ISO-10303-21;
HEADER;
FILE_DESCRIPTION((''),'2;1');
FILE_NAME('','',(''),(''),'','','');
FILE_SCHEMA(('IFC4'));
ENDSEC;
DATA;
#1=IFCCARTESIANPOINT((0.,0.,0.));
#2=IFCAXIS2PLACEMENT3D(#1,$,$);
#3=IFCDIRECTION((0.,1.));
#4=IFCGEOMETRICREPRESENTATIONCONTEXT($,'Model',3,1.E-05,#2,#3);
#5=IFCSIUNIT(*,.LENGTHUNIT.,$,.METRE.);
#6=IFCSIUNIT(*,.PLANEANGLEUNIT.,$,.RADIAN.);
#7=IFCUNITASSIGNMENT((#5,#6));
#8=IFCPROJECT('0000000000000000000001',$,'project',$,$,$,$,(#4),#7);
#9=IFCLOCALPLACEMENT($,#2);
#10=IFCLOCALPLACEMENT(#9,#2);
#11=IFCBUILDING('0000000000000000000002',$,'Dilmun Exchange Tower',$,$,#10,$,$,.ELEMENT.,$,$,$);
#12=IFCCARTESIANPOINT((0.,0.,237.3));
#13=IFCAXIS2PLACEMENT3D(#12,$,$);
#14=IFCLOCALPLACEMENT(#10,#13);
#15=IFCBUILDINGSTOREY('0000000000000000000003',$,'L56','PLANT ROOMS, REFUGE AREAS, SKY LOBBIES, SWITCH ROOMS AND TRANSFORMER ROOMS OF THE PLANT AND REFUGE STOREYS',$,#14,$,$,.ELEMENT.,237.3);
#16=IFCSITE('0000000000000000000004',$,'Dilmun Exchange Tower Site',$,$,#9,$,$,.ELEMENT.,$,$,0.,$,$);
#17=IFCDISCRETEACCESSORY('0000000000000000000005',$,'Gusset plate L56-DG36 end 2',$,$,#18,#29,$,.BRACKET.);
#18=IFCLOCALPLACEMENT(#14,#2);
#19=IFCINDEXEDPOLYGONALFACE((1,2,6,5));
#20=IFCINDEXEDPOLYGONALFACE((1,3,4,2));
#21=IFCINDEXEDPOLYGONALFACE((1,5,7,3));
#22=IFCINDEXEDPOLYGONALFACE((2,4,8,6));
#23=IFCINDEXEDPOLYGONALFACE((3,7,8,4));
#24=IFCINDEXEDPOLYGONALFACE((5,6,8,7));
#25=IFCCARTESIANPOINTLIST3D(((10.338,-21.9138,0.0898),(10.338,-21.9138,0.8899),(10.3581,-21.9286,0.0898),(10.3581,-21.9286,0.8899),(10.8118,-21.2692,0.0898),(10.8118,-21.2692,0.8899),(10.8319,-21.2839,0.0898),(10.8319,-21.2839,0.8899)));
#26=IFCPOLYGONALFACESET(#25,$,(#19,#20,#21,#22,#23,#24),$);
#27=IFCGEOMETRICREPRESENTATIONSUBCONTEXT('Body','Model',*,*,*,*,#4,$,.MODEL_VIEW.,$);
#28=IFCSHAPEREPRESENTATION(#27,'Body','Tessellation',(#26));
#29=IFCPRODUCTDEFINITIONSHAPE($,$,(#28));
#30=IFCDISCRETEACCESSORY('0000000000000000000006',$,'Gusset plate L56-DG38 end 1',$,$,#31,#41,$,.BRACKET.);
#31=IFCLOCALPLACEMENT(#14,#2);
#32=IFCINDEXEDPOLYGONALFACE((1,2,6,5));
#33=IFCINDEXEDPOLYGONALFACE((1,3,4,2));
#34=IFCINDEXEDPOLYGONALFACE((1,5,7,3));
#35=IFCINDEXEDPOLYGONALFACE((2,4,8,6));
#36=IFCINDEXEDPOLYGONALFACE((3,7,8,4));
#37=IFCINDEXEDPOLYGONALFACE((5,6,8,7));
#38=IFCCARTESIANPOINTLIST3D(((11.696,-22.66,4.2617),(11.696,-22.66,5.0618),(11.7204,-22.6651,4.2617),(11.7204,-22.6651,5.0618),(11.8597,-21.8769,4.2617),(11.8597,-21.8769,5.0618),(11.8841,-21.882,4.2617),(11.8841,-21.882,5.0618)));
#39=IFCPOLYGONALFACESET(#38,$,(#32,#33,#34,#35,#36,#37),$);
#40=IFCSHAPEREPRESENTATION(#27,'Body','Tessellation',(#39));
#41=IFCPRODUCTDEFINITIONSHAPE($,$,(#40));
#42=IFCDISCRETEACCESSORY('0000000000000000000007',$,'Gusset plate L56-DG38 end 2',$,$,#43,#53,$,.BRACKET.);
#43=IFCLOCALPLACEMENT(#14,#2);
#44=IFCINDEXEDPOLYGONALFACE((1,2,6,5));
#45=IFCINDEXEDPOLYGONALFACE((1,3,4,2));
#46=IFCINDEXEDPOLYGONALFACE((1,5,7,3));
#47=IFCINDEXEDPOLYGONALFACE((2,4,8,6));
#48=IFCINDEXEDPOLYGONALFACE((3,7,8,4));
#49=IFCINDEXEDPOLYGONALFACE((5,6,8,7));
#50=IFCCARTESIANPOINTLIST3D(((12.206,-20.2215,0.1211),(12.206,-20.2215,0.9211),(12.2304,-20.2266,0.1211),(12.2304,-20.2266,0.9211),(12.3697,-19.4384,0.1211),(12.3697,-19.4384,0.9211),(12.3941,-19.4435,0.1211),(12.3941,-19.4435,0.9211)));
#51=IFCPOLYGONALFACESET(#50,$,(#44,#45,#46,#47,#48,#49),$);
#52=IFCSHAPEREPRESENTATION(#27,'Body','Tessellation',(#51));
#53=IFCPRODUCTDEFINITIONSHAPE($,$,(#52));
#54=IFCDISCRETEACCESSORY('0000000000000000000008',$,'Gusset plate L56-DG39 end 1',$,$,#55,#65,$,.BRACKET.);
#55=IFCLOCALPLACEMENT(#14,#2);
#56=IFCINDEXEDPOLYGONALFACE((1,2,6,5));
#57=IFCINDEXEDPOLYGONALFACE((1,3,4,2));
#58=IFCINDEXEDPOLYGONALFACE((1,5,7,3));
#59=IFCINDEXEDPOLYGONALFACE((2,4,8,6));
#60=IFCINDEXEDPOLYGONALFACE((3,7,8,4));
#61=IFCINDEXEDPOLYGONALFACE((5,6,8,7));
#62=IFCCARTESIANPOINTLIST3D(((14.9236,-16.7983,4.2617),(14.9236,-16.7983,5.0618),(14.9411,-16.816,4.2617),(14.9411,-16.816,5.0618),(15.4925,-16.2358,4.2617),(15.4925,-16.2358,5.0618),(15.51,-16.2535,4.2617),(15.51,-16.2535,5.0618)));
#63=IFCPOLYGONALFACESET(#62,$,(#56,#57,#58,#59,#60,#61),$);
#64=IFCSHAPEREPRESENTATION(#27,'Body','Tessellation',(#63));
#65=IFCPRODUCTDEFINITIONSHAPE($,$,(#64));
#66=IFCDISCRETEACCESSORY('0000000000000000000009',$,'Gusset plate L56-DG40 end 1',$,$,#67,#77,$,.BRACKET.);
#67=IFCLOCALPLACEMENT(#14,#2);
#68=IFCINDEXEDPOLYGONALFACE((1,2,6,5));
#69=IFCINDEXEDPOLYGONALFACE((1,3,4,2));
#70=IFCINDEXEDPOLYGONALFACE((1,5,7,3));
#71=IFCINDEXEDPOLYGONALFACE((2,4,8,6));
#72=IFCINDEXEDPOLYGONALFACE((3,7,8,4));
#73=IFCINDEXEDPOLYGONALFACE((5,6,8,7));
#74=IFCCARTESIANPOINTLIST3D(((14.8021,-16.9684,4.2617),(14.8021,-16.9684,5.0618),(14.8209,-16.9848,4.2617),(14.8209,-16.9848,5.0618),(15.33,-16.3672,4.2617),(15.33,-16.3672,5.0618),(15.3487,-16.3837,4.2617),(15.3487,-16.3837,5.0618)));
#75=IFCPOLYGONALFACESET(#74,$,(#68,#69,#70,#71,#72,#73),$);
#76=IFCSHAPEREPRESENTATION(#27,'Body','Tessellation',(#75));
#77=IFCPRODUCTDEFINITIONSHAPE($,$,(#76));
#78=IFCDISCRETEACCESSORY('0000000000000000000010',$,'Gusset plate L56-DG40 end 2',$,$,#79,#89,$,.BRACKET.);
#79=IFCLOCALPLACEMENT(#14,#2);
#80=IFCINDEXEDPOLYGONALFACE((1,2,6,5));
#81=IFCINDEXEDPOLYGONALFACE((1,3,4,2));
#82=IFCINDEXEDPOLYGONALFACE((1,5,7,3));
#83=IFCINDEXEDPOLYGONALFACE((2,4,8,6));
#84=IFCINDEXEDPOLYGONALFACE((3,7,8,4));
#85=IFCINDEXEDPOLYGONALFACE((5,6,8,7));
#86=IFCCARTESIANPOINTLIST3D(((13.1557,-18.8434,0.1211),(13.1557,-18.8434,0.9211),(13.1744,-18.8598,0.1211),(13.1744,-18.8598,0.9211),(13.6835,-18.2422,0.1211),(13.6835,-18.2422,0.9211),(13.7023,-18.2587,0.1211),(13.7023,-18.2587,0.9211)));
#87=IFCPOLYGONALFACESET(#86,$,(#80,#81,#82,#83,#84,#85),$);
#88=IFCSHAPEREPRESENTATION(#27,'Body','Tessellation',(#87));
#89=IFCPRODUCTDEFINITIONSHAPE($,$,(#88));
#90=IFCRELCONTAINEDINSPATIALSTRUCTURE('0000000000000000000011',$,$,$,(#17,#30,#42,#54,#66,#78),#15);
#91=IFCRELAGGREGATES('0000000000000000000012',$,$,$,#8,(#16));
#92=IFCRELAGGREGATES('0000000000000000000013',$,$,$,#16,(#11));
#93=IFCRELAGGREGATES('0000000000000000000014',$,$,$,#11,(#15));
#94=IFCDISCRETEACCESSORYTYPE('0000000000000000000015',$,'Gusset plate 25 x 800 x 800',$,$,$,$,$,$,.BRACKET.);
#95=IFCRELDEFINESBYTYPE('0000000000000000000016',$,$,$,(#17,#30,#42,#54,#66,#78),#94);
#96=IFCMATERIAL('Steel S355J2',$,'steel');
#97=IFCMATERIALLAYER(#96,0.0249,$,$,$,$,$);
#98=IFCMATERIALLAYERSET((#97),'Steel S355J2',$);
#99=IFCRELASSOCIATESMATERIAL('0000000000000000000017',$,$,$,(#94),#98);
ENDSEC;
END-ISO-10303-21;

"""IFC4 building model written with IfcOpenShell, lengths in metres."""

from ifc_helpers import new_model, si_unit, direction, frame, origin, origin_2d, place, context, subcontext, project, spatial, rectangle, extrude, material, layer, layer_set, type_object, element, save


model = new_model("IFC4")

# Units and contexts
model_context = context("Model", 3, precision=1e-05, world=origin(), true_north=direction((0.0, 1.0)))
body_context = subcontext(model_context, "Body", "Model", "MODEL_VIEW")
ifc_project = project(units=[si_unit("LENGTHUNIT", "METRE"), si_unit("PLANEANGLEUNIT", "RADIAN")], contexts=[model_context])

# Site, building, storey
site_placement = place(None, origin())
site = spatial("IfcSite", under=ifc_project, at=site_placement, Name="Dilmun Exchange Tower Site", CompositionType="ELEMENT", RefElevation=0.0)
building_placement = place(site_placement, origin())
building = spatial("IfcBuilding", under=site, at=building_placement, Name="Dilmun Exchange Tower", CompositionType="ELEMENT")
storey_placement = place(building_placement, frame((0.0, 0.0, 237.3)))
storey = spatial("IfcBuildingStorey", under=building, at=storey_placement, Name="L56", Description="PLANT ROOMS, REFUGE AREAS, SKY LOBBIES, SWITCH ROOMS AND TRANSFORMER ROOMS OF THE PLANT AND REFUGE STOREYS", CompositionType="ELEMENT", Elevation=237.3)

# Discrete accessories
ifc_material_1 = material(Name="Steel S355J2", Category="steel")
ifc_layer_1 = layer(ifc_material_1, 0.0249)
ifc_layer_set_1 = layer_set([ifc_layer_1], Name="Steel S355J2")
discrete_accessory_type = type_object("IfcDiscreteAccessoryType", Name="Gusset plate 25 x 800 x 800", PredefinedType="BRACKET", material=ifc_layer_set_1)
for number, where, z_axis, x_axis, name in (
    (1, (10.585, -21.5989, 0.0898), (0.0, 0.0, 1.0), (0.592202, 0.80579, 0.0), "Gusset plate L56-DG36 end 2"),
    (2, (11.79, -22.271, 4.2617), (0.0, 0.0, 1.0), (0.204679, 0.978829, 0.0), "Gusset plate L56-DG38 end 1"),
    (3, (12.3, -19.8325, 0.1211), (0.0, 0.0, 1.0), (0.204679, 0.978829, 0.0), "Gusset plate L56-DG38 end 2"),
    (4, (15.2168, -16.5259, 4.2617), (0.0, 0.0, 1.0), (0.711148, 0.703042, 0.0), "Gusset plate L56-DG39 end 1"),
    (5, (15.0754, -16.676, 4.2617), (0.0, 0.0, 1.0), (-0.659817, -0.751427, 0.0), "Gusset plate L56-DG40 end 1"),
    (6, (13.429, -18.551, 0.1211), (0.0, 0.0, 1.0), (-0.659817, -0.751427, 0.0), "Gusset plate L56-DG40 end 2"),
):
    element("IfcDiscreteAccessory", number, at=place(storey_placement, frame(where, z_axis=z_axis, x_axis=x_axis)), inside=storey, type_object=discrete_accessory_type, Name=name, PredefinedType="BRACKET", context=body_context, shape_type="SweptSolid", body=[
        extrude(rectangle(XDim=0.8, YDim=0.0249, at=origin_2d()), origin(), (0.0, 0.0, 1.0), 0.8),
    ])

save(model, "model.ifc")
